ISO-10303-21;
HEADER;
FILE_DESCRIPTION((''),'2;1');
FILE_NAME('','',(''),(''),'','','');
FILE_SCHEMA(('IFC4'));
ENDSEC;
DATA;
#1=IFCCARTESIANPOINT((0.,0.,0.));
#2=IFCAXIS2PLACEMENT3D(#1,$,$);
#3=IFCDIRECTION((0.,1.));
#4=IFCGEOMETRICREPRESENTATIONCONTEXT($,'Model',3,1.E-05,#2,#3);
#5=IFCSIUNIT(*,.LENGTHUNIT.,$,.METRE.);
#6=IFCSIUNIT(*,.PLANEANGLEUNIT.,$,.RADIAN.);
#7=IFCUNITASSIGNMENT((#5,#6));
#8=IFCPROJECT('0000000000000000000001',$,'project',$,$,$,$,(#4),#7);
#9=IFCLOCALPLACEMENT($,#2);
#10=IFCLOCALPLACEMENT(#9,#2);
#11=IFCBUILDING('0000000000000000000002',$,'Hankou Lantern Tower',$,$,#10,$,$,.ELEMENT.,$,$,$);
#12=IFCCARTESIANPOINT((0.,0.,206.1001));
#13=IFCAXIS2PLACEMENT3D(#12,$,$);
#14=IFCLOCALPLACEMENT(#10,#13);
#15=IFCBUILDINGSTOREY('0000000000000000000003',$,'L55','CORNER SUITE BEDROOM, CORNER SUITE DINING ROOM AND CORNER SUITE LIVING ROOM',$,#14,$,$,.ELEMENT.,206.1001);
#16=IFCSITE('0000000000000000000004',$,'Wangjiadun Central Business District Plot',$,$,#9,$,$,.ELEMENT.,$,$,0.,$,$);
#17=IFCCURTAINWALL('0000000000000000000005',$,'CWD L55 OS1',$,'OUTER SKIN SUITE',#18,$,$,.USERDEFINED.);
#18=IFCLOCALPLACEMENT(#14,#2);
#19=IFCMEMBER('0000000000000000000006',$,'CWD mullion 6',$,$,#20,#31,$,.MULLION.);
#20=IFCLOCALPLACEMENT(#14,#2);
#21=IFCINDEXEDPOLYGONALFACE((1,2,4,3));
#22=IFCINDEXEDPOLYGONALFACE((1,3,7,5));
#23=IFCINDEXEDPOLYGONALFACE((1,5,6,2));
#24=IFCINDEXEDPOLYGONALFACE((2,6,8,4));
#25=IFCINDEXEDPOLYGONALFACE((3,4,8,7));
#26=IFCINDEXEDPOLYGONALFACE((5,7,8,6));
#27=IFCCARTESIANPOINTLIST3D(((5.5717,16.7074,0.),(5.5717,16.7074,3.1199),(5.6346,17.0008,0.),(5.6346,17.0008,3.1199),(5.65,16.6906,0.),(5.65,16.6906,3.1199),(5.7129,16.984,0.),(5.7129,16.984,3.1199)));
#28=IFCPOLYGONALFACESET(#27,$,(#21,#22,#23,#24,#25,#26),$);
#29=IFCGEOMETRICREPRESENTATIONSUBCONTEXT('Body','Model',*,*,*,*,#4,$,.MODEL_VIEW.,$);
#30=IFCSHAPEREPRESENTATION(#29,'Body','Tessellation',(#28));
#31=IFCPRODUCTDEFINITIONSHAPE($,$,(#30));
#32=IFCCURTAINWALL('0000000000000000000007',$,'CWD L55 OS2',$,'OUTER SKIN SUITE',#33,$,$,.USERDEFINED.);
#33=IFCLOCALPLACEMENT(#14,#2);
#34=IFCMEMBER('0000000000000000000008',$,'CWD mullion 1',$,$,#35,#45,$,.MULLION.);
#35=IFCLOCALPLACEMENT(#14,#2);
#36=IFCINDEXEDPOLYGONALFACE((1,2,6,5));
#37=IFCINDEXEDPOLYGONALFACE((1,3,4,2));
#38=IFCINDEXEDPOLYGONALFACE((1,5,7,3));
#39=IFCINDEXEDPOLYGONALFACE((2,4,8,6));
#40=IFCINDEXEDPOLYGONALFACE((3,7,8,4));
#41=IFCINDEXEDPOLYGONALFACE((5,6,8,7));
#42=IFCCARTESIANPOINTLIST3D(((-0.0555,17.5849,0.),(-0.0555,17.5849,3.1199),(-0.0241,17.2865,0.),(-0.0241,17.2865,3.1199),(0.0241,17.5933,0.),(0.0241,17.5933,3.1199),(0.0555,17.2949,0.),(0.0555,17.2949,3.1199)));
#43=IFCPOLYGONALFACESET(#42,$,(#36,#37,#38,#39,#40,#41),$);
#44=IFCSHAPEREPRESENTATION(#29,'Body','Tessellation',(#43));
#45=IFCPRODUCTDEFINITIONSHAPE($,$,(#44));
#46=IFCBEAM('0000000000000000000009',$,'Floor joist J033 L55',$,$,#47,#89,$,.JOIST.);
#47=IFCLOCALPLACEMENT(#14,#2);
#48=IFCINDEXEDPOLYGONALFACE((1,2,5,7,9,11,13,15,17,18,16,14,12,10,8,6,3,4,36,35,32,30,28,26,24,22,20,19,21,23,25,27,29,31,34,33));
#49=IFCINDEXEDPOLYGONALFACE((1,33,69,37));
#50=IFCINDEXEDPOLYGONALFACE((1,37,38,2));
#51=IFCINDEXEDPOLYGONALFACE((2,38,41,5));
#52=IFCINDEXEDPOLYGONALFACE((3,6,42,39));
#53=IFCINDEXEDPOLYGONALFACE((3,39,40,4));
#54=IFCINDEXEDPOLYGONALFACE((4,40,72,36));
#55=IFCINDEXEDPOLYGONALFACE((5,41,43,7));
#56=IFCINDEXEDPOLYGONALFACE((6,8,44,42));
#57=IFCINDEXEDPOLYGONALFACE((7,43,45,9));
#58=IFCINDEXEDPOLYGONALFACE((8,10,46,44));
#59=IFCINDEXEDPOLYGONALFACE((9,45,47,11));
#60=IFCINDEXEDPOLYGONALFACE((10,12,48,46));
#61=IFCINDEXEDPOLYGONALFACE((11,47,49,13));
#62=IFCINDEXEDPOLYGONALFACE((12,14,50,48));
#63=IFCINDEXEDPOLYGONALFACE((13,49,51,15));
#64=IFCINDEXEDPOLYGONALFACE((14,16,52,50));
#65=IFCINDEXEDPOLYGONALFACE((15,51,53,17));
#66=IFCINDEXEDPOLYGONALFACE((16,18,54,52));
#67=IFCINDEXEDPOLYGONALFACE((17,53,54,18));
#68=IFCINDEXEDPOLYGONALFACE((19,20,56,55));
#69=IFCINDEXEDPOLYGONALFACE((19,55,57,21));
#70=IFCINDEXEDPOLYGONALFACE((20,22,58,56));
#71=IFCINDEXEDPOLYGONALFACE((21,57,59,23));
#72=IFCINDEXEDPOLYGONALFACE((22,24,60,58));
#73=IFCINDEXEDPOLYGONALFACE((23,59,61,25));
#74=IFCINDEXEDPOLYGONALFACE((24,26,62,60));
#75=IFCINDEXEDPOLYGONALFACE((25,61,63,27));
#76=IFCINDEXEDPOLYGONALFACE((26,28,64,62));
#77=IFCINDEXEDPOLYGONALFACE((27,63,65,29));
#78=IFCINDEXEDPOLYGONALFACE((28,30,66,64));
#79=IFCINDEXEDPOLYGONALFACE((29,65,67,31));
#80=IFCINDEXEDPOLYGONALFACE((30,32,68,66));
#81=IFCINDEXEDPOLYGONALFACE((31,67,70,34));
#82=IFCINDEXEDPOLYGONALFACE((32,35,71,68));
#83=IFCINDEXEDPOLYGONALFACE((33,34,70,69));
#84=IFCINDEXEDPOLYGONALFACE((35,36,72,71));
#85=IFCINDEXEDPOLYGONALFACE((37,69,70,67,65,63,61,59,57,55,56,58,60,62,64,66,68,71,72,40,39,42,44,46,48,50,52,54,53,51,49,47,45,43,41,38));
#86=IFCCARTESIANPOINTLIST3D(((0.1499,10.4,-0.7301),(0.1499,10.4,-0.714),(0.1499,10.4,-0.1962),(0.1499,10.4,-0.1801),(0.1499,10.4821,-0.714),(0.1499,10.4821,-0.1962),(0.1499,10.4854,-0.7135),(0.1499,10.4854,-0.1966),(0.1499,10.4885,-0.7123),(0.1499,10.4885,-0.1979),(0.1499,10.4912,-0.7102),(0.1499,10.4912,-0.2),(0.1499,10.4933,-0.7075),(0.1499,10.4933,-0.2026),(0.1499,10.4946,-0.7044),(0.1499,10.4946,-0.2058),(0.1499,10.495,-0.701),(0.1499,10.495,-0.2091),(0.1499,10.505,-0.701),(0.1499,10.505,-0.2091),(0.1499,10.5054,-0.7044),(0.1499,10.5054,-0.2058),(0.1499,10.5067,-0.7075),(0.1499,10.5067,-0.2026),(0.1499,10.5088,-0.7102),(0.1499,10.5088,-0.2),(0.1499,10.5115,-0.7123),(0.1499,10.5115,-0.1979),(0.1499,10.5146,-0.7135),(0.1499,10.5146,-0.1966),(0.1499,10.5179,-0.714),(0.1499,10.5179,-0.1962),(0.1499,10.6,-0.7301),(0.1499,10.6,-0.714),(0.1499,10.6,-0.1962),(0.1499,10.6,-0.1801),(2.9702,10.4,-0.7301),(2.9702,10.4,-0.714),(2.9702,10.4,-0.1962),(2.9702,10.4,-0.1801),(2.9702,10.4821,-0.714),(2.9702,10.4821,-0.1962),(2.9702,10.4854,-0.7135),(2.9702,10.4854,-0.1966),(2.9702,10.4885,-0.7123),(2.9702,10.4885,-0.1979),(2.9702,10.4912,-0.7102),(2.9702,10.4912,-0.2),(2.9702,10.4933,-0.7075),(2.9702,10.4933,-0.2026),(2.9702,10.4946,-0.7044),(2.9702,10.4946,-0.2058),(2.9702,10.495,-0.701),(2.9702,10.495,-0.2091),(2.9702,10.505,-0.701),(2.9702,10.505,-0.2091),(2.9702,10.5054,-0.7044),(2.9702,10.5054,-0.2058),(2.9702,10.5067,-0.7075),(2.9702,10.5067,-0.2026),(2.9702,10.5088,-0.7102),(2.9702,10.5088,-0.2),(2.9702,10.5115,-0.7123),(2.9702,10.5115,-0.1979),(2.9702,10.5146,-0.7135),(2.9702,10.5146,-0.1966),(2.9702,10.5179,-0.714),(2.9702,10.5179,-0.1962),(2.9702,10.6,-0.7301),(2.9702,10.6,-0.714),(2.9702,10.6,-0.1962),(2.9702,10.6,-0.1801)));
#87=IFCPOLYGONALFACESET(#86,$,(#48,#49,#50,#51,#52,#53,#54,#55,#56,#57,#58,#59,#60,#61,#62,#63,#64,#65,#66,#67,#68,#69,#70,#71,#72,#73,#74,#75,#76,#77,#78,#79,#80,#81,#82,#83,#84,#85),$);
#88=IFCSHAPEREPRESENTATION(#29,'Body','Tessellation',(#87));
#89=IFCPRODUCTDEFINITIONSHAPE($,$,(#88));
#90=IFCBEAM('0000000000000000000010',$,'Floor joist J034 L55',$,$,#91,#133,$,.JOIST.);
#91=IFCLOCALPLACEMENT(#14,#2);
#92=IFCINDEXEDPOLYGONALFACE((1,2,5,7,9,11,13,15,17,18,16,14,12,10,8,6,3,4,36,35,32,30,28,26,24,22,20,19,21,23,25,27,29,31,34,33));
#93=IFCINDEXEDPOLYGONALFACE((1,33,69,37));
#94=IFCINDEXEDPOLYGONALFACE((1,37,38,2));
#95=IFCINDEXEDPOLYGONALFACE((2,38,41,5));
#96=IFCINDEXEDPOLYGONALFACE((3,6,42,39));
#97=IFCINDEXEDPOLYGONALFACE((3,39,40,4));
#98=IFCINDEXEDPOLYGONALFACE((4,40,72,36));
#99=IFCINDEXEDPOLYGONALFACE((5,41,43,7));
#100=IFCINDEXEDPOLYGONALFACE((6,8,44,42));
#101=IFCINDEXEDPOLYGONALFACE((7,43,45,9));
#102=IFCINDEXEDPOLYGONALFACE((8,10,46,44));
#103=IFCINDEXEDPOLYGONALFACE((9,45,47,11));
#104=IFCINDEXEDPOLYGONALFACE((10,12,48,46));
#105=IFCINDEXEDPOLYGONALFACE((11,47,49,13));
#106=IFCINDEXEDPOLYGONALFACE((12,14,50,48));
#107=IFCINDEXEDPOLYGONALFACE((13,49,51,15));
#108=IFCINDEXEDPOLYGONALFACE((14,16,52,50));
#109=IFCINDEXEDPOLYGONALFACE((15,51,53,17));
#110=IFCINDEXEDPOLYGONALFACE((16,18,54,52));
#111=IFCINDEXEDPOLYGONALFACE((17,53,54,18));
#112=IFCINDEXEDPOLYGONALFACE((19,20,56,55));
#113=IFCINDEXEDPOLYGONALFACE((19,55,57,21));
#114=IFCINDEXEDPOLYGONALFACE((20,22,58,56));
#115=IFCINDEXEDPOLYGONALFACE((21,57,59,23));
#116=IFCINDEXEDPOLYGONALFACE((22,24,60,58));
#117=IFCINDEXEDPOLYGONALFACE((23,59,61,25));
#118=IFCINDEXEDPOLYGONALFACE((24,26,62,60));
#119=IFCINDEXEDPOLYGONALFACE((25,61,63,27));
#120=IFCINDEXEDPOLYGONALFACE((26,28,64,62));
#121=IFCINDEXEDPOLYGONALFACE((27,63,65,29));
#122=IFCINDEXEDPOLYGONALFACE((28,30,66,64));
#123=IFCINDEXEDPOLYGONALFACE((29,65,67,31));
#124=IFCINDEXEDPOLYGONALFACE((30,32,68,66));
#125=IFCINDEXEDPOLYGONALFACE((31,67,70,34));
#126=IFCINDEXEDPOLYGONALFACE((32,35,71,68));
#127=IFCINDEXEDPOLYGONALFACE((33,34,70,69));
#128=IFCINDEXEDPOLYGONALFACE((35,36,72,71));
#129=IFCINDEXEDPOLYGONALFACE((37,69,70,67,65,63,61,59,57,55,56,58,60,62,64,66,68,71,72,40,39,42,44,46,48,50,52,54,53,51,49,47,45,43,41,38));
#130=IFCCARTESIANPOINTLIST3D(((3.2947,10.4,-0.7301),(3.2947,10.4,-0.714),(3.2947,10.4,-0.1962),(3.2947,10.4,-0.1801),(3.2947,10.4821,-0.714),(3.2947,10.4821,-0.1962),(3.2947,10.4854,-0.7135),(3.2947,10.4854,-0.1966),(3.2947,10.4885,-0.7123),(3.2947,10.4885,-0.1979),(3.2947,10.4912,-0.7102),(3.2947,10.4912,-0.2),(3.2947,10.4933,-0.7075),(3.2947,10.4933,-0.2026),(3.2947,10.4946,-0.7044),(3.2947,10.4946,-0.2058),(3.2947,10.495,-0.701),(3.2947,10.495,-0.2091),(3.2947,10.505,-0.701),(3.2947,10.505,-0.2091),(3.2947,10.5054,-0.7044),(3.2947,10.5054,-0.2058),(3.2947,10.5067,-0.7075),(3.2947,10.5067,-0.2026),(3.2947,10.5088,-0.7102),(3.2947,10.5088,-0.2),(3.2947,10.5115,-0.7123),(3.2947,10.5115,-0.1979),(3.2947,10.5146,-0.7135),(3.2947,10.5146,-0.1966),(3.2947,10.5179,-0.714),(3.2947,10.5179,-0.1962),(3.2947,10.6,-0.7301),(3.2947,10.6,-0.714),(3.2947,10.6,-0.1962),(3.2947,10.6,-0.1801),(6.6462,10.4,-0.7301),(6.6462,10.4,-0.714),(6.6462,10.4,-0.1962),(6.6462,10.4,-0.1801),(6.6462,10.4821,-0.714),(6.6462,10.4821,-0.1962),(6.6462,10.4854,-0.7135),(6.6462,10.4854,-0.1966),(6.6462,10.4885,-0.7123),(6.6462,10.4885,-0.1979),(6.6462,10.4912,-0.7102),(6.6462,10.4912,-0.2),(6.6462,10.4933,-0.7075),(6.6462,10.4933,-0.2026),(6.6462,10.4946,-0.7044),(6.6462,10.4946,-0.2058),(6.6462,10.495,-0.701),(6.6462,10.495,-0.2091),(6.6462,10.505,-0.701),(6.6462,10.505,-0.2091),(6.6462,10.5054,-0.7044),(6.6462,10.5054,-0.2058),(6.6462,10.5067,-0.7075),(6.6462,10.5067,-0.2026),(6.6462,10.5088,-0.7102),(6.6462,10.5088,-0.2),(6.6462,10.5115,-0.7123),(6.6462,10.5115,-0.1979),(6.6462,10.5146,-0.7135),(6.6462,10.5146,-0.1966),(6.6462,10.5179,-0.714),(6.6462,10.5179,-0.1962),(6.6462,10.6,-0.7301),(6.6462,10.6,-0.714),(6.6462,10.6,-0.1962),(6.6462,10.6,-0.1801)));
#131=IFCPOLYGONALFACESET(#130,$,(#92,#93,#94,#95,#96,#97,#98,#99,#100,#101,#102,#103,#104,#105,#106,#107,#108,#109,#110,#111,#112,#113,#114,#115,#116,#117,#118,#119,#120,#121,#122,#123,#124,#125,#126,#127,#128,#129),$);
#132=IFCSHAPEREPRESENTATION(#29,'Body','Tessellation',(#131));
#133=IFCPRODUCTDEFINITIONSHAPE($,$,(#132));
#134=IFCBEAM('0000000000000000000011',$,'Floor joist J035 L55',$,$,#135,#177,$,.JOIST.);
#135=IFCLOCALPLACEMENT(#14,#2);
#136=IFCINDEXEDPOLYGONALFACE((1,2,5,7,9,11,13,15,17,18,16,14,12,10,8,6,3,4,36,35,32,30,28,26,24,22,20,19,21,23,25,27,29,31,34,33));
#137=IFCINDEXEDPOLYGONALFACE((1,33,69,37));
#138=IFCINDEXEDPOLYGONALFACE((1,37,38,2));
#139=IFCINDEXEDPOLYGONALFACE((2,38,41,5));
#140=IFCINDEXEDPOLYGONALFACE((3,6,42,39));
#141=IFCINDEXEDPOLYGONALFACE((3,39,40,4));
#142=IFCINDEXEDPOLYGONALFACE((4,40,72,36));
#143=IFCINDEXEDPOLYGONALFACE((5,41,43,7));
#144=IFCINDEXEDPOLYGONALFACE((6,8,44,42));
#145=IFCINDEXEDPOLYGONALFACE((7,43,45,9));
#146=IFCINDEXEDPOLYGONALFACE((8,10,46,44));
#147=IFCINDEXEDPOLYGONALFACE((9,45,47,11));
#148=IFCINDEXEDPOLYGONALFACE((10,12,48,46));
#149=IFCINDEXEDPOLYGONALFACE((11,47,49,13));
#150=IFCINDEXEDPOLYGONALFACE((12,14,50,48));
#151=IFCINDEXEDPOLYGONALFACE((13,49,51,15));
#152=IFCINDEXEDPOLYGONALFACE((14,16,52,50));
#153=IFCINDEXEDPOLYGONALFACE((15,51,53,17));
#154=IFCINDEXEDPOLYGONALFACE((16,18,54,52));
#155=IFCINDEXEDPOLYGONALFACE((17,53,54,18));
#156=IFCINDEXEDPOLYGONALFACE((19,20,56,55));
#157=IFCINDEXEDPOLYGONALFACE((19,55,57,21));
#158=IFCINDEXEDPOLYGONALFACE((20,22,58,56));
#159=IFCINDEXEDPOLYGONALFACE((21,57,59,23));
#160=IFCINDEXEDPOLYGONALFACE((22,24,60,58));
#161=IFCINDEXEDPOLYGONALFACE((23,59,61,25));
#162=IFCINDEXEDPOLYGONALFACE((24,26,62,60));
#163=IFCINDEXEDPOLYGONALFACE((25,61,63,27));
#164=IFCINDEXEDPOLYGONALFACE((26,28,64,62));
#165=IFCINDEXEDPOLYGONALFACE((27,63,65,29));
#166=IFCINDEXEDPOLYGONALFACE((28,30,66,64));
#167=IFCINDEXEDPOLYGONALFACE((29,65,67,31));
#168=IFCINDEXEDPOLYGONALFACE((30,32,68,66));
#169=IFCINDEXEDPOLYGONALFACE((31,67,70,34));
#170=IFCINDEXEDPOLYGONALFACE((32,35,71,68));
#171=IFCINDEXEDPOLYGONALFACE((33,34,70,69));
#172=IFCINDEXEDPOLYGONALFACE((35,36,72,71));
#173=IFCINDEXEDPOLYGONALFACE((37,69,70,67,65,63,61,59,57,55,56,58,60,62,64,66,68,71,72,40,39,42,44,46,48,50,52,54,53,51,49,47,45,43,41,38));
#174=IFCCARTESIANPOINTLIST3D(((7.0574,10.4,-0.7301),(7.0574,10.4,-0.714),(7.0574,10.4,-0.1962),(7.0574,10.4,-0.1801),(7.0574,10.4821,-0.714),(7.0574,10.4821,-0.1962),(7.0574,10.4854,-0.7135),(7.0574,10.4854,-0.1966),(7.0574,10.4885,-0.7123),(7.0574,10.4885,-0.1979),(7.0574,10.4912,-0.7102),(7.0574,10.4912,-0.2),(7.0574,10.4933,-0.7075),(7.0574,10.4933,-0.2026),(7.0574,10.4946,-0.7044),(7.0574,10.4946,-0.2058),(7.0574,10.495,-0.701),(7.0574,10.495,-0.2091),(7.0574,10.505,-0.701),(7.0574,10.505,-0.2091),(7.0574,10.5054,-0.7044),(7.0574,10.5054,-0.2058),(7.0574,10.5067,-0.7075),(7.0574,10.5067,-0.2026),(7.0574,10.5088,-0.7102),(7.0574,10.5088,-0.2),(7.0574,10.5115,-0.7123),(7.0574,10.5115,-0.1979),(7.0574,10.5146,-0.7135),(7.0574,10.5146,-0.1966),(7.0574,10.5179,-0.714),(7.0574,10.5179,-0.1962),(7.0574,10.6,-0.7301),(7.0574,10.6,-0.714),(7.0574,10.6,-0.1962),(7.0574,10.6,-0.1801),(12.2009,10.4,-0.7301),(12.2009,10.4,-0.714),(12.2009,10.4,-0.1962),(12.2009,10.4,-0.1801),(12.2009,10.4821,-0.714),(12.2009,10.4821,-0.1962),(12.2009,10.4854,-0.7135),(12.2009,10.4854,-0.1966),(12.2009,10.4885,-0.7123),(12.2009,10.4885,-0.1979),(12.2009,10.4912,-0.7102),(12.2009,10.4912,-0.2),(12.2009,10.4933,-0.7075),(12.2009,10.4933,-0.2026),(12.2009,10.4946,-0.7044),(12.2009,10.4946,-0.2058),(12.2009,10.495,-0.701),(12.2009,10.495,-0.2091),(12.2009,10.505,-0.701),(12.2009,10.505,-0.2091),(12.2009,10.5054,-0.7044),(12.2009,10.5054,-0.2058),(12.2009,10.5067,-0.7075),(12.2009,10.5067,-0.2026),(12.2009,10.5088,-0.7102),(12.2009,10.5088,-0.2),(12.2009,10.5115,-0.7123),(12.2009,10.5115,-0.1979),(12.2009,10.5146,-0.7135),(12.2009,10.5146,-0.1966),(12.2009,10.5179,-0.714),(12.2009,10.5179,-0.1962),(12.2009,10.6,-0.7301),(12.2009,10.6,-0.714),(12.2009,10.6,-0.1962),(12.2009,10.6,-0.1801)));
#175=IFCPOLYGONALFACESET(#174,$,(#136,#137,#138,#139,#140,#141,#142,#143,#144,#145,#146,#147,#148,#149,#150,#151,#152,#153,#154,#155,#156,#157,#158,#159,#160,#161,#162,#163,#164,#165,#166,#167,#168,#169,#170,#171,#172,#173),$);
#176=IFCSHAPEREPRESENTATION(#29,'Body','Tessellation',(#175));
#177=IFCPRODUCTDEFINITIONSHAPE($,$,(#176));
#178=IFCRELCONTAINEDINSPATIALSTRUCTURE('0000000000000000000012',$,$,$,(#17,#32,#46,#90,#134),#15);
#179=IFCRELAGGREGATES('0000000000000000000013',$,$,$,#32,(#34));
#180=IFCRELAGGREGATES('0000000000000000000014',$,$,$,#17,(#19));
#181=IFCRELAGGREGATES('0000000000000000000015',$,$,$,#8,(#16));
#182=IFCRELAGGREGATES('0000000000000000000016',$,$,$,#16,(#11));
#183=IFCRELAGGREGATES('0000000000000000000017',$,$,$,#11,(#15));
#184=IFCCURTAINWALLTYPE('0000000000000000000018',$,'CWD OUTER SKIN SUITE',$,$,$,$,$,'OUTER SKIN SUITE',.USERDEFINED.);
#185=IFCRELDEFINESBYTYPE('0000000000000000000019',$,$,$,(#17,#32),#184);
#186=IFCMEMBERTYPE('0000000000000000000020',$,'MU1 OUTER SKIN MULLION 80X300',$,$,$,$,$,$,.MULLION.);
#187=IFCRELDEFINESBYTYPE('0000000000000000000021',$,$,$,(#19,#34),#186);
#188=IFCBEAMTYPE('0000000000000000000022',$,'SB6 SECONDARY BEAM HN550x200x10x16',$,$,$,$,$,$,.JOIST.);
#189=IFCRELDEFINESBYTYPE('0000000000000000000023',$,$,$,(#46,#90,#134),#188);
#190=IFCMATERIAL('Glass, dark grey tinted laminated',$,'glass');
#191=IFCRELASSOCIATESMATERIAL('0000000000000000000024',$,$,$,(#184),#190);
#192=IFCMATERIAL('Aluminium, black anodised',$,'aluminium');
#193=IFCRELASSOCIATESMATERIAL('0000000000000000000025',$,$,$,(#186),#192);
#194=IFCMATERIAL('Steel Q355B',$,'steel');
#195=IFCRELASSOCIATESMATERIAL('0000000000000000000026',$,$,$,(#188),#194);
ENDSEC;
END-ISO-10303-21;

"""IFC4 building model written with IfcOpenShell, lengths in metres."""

from ifc_helpers import new_model, si_unit, direction, frame, origin, origin_2d, place, context, subcontext, project, spatial, rectangle, i_section, extrude, material, material_profile, profile_set, type_object, element, aggregate, save


model = new_model("IFC4")

# Units and contexts
model_context = context("Model", 3, precision=1e-05, world=origin(), true_north=direction((0.0, 1.0)))
body_context = subcontext(model_context, "Body", "Model", "MODEL_VIEW")
ifc_project = project(units=[si_unit("LENGTHUNIT", "METRE"), si_unit("PLANEANGLEUNIT", "RADIAN")], contexts=[model_context])

# Site, building, storey
site_placement = place(None, origin())
site = spatial("IfcSite", under=ifc_project, at=site_placement, Name="Wangjiadun Central Business District Plot", CompositionType="ELEMENT", RefElevation=0.0)
building_placement = place(site_placement, origin())
building = spatial("IfcBuilding", under=site, at=building_placement, Name="Hankou Lantern Tower", CompositionType="ELEMENT")
storey_placement = place(building_placement, frame((0.0, 0.0, 206.1001)))
storey = spatial("IfcBuildingStorey", under=building, at=storey_placement, Name="L55", Description="CORNER SUITE BEDROOM, CORNER SUITE DINING ROOM AND CORNER SUITE LIVING ROOM", CompositionType="ELEMENT", Elevation=206.1001)

# Curtain walls, members
ifc_material_1 = material(Name="Glass, dark grey tinted laminated", Category="glass")
curtain_wall_type = type_object("IfcCurtainWallType", Name="CWD OUTER SKIN SUITE", ElementType="OUTER SKIN SUITE", PredefinedType="USERDEFINED", material=ifc_material_1)
curtain_wall_1_placement = place(storey_placement, origin())
curtain_wall_1 = element("IfcCurtainWall", 1, at=curtain_wall_1_placement, inside=storey, type_object=curtain_wall_type, Name="CWD L55 OS1", ObjectType="OUTER SKIN SUITE", PredefinedType="USERDEFINED")
ifc_material_2 = material(Name="Aluminium, black anodised", Category="aluminium")
ifc_material_profile_1 = material_profile(ifc_material_2, rectangle(XDim=0.0801, YDim=0.3, at=origin_2d()), Name="MU1 80X300")
ifc_profile_set_1 = profile_set([ifc_material_profile_1], Name="Aluminium, black anodised")
member_type_1 = type_object("IfcMemberType", Name="MU1 OUTER SKIN MULLION 80X300", PredefinedType="MULLION", material=ifc_profile_set_1)
member_1_placement = place(storey_placement, frame((5.6423, 16.8457, 0.0), z_axis=(0.0, 0.0, 1.0), x_axis=(-0.977788, 0.209598, 0.0)))
member_1 = element("IfcMember", 2, at=member_1_placement, type_object=member_type_1, Name="CWD mullion 6", PredefinedType="MULLION", context=body_context, shape_type="SweptSolid", body=[
    extrude(rectangle(XDim=0.0801, YDim=0.3, at=origin_2d()), origin(), (0.0, 0.0, 1.0), 3.1199),
])
curtain_wall_2_placement = place(storey_placement, origin())
curtain_wall_2 = element("IfcCurtainWall", 3, at=curtain_wall_2_placement, inside=storey, type_object=curtain_wall_type, Name="CWD L55 OS2", ObjectType="OUTER SKIN SUITE", PredefinedType="USERDEFINED")
member_2_placement = place(storey_placement, frame((0.0, 17.4399, 0.0), z_axis=(0.0, 0.0, 1.0), x_axis=(-0.994499, -0.104743, 0.0)))
member_2 = element("IfcMember", 4, at=member_2_placement, type_object=member_type_1, Name="CWD mullion 1", PredefinedType="MULLION", context=body_context, shape_type="SweptSolid", body=[
    extrude(rectangle(XDim=0.0801, YDim=0.3, at=origin_2d()), origin(), (0.0, 0.0, 1.0), 3.1199),
])
aggregate(curtain_wall_2, [member_2])

# Beams
ifc_material_3 = material(Name="Steel Q355B", Category="steel")
ifc_material_profile_2 = material_profile(ifc_material_3, i_section(OverallWidth=0.2, OverallDepth=0.55, WebThickness=0.01, FlangeThickness=0.0161, FilletRadius=0.0129, at=origin_2d()), Name="HN550x200x10x16")
ifc_profile_set_2 = profile_set([ifc_material_profile_2], Name="Steel Q355B")
beam_type_1 = type_object("IfcBeamType", Name="SB6 SECONDARY BEAM HN550x200x10x16", PredefinedType="JOIST", material=ifc_profile_set_2)
beam_1_placement = place(storey_placement, frame((0.1499, 10.5, -0.4551), z_axis=(1.0, 0.0, 0.0), x_axis=(0.0, 1.0, 0.0)))
element("IfcBeam", 5, at=beam_1_placement, inside=storey, type_object=beam_type_1, Name="Floor joist J033 L55", PredefinedType="JOIST", context=body_context, shape_type="SweptSolid", body=[
    extrude(i_section(OverallWidth=0.2, OverallDepth=0.55, WebThickness=0.01, FlangeThickness=0.0161, FilletRadius=0.0129, at=origin_2d()), origin(), (0.0, 0.0, 1.0), 2.8203),
])
beam_2_placement = place(storey_placement, frame((3.2947, 10.5, -0.4551), z_axis=(1.0, 0.0, 0.0), x_axis=(0.0, 1.0, 0.0)))
element("IfcBeam", 6, at=beam_2_placement, inside=storey, type_object=beam_type_1, Name="Floor joist J034 L55", PredefinedType="JOIST", context=body_context, shape_type="SweptSolid", body=[
    extrude(i_section(OverallWidth=0.2, OverallDepth=0.55, WebThickness=0.01, FlangeThickness=0.0161, FilletRadius=0.0129, at=origin_2d()), origin(), (0.0, 0.0, 1.0), 3.3516),
])
beam_3_placement = place(storey_placement, frame((7.0574, 10.5, -0.4551), z_axis=(1.0, 0.0, 0.0), x_axis=(0.0, 1.0, 0.0)))
element("IfcBeam", 7, at=beam_3_placement, inside=storey, type_object=beam_type_1, Name="Floor joist J035 L55", PredefinedType="JOIST", context=body_context, shape_type="SweptSolid", body=[
    extrude(i_section(OverallWidth=0.2, OverallDepth=0.55, WebThickness=0.01, FlangeThickness=0.0161, FilletRadius=0.0129, at=origin_2d()), origin(), (0.0, 0.0, 1.0), 5.1436),
])

aggregate(curtain_wall_1, [member_1])

save(model, "model.ifc")
